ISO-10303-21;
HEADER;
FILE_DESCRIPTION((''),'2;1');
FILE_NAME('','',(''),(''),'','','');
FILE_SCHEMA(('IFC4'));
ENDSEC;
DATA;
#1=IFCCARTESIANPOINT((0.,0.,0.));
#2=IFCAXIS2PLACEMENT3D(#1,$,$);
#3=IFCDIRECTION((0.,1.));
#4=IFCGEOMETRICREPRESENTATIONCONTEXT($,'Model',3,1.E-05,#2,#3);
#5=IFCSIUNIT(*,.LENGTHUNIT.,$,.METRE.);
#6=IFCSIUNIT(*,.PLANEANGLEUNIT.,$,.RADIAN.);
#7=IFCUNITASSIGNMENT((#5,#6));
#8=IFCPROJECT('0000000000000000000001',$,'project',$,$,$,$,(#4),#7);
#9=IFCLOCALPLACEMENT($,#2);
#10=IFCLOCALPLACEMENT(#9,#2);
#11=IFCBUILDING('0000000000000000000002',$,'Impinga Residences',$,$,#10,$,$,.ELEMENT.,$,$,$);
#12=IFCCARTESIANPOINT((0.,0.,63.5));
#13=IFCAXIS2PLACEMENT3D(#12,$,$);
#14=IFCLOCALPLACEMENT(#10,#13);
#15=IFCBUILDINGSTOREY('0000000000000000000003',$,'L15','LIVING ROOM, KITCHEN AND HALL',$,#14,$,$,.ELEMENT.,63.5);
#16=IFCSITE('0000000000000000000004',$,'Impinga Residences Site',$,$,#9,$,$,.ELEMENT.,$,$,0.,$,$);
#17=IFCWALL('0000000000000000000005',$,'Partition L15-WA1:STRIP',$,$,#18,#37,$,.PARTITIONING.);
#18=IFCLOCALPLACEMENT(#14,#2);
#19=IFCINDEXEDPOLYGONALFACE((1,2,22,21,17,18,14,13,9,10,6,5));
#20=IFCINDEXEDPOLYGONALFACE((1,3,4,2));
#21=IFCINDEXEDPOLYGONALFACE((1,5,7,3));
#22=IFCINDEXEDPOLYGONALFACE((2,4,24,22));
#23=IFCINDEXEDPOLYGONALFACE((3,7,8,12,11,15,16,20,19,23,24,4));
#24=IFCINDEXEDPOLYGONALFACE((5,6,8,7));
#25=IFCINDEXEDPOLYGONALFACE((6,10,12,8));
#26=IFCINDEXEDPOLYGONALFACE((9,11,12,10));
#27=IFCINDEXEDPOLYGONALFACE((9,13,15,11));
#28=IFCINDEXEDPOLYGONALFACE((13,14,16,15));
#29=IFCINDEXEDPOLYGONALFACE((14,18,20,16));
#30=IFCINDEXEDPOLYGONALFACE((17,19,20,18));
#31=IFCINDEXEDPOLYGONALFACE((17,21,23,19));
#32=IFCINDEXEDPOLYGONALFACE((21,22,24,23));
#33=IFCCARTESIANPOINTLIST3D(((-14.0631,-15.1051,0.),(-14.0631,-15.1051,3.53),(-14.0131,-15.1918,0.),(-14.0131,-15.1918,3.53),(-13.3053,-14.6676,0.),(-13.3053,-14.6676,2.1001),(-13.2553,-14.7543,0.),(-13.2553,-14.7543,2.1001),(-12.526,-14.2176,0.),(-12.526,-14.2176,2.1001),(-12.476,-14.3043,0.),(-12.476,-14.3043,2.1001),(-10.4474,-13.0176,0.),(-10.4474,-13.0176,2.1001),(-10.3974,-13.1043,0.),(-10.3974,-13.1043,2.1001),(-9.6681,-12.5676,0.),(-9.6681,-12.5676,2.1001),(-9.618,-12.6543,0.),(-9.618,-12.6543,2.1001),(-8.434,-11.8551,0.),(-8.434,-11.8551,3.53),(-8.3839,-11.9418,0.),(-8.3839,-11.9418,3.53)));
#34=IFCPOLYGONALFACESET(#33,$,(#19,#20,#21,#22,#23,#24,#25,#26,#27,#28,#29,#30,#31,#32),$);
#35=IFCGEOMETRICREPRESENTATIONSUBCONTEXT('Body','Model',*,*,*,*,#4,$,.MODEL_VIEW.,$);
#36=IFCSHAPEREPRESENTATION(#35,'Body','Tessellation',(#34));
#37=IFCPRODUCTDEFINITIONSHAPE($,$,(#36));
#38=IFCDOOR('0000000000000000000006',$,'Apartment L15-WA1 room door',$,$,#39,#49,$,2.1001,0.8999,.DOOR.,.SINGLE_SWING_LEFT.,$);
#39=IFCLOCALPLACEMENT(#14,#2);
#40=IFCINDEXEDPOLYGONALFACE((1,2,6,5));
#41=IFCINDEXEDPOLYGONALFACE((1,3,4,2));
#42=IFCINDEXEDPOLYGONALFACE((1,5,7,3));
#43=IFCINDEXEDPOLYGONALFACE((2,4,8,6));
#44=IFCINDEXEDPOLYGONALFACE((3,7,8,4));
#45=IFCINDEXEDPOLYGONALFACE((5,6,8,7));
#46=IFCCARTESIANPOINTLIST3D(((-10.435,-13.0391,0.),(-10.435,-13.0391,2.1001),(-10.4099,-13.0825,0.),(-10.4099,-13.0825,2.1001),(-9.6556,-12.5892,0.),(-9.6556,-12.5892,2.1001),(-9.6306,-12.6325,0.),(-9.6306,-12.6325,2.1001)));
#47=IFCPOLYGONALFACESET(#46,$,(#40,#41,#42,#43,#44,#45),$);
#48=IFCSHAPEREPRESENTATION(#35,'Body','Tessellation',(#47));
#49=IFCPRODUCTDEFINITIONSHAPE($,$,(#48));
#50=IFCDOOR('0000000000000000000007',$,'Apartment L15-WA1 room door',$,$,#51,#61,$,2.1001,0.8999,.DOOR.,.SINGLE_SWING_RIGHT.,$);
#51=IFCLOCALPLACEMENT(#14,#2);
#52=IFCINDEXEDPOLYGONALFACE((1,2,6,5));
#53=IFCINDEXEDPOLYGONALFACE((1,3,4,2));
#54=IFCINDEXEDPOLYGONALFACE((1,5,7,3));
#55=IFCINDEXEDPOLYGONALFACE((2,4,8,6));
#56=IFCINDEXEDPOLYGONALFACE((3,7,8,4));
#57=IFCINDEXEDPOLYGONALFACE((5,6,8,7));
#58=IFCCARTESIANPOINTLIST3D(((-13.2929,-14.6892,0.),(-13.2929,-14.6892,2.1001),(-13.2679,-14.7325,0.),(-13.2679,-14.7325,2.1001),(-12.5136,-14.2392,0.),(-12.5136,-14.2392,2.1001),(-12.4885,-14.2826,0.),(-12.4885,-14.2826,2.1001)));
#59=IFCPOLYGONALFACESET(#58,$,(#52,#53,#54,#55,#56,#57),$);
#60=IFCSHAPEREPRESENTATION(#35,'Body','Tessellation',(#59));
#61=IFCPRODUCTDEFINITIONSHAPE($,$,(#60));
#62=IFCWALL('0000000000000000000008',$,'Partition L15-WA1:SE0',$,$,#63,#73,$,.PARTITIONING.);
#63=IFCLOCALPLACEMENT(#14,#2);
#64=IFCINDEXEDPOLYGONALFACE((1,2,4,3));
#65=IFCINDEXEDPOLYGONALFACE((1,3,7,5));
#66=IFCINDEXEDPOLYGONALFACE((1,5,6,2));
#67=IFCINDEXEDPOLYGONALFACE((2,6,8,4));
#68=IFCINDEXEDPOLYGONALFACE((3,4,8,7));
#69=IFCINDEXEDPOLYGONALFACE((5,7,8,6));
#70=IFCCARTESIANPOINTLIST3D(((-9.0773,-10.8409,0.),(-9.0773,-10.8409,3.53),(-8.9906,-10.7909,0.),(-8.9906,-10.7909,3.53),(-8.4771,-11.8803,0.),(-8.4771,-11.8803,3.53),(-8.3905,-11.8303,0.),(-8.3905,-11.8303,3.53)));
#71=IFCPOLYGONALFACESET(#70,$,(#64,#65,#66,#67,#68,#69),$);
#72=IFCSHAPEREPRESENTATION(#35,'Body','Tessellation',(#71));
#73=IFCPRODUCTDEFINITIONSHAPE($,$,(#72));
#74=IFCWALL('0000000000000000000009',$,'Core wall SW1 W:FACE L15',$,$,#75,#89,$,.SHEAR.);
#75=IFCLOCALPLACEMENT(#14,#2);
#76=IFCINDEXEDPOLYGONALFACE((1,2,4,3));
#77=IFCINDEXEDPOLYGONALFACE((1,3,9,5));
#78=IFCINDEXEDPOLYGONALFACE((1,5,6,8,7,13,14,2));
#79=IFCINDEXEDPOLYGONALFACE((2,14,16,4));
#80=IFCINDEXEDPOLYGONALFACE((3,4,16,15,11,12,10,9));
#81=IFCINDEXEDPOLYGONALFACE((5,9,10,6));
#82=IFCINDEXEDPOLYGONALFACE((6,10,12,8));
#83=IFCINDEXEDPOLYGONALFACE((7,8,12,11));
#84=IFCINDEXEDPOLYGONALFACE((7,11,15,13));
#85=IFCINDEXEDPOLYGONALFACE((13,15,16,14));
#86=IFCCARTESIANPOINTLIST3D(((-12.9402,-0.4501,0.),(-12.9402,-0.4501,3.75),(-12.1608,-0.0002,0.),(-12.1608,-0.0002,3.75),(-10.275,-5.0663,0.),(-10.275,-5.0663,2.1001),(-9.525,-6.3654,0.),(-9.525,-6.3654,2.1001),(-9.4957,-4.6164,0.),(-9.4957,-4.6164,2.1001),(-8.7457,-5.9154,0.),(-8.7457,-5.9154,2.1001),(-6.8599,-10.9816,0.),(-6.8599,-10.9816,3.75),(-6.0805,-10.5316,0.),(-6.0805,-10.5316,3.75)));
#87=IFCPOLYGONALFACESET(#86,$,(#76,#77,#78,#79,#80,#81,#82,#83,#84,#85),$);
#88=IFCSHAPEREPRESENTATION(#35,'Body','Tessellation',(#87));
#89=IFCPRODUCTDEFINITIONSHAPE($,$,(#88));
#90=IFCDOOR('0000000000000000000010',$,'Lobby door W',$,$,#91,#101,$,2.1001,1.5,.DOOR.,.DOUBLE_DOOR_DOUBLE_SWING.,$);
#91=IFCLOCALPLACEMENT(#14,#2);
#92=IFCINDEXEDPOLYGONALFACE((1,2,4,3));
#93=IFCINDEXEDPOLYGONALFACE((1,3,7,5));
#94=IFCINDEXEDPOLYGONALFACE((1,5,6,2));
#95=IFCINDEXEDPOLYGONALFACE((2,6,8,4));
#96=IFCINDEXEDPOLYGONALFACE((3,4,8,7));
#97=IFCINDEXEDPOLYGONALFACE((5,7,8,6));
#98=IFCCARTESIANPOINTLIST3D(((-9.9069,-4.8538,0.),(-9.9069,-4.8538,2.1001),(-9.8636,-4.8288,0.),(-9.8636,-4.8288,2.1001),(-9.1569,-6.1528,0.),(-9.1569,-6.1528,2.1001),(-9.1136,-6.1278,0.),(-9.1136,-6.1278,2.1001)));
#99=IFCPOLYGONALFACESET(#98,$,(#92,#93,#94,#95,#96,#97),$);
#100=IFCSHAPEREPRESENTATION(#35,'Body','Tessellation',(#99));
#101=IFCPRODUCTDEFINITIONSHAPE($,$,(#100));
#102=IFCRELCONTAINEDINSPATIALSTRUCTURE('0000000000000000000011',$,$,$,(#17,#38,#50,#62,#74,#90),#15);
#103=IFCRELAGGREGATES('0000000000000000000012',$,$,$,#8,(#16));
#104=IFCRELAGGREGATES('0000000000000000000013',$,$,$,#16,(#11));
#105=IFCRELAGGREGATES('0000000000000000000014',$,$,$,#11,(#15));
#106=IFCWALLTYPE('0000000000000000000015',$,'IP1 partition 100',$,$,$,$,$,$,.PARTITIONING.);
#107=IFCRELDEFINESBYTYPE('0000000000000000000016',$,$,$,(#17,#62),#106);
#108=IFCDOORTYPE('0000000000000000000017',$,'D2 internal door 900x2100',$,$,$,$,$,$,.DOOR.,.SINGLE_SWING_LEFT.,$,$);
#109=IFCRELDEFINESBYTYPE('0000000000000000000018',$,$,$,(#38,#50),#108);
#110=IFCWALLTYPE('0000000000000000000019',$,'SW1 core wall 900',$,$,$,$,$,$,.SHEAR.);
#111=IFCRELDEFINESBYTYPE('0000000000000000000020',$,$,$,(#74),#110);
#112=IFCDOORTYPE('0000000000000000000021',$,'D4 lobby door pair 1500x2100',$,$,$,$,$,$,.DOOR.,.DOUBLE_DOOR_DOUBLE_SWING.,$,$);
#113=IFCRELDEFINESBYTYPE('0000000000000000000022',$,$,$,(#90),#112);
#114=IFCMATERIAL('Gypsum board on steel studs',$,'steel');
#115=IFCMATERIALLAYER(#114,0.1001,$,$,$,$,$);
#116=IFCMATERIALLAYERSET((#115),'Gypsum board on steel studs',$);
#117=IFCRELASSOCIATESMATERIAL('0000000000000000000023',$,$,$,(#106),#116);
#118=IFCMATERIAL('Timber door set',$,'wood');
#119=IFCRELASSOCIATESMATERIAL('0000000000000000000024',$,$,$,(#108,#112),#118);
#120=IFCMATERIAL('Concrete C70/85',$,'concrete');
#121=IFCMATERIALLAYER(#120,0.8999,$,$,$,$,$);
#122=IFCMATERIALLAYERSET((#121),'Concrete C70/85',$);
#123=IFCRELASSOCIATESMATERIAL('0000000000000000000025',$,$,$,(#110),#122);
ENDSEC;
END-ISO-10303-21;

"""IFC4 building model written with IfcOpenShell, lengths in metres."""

from ifc_helpers import new_model, si_unit, direction, frame, frame_2d, origin, place, context, subcontext, project, spatial, rectangle, extrude, material, layer, layer_set, type_object, element, fill, save


model = new_model("IFC4")

# Units and contexts
model_context = context("Model", 3, precision=1e-05, world=origin(), true_north=direction((0.0, 1.0)))
body_context = subcontext(model_context, "Body", "Model", "MODEL_VIEW")
ifc_project = project(units=[si_unit("LENGTHUNIT", "METRE"), si_unit("PLANEANGLEUNIT", "RADIAN")], contexts=[model_context])

# Site, building, storey
site_placement = place(None, origin())
site = spatial("IfcSite", under=ifc_project, at=site_placement, Name="Impinga Residences Site", CompositionType="ELEMENT", RefElevation=0.0)
building_placement = place(site_placement, origin())
building = spatial("IfcBuilding", under=site, at=building_placement, Name="Impinga Residences", CompositionType="ELEMENT")
storey_placement = place(building_placement, frame((0.0, 0.0, 63.5)))
storey = spatial("IfcBuildingStorey", under=building, at=storey_placement, Name="L15", Description="LIVING ROOM, KITCHEN AND HALL", CompositionType="ELEMENT", Elevation=63.5)

# Shared definitions
ifc_material_1 = material(Name="Concrete C70/85", Category="concrete")
ifc_material_2 = material(Name="Timber door set", Category="wood")

# Shared definitions
ifc_material_3 = material(Name="Gypsum board on steel studs", Category="steel")
ifc_layer_1 = layer(ifc_material_3, 0.1001)
ifc_layer_set_1 = layer_set([ifc_layer_1], Name="Gypsum board on steel studs")
wall_type_1 = type_object("IfcWallType", Name="IP1 partition 100", PredefinedType="PARTITIONING", material=ifc_layer_set_1)

# Wall, openings, doors
wall_1_placement = place(storey_placement, frame((-8.4089, -11.8984, 0.0), z_axis=(0.0, 0.0, 1.0), x_axis=(-0.866025, -0.500001, 0.0)))
wall_1 = element("IfcWall", 1, at=wall_1_placement, inside=storey, type_object=wall_type_1, Name="Partition L15-WA1:STRIP", PredefinedType="PARTITIONING", context=body_context, shape_type="SweptSolid", body=[
    extrude(rectangle(XDim=6.5, YDim=0.1001, at=frame_2d((3.25, 0.0))), origin(), (0.0, 0.0, 1.0), 3.53),
])
opening_1_placement = place(wall_1_placement, frame((1.425, 0.0, 0.0)))
opening_1 = element("IfcOpeningElement", 2, at=opening_1_placement, cuts=wall_1, PredefinedType="OPENING", context=body_context, shape_type="SweptSolid", body=[
    extrude(rectangle(XDim=0.8999, YDim=2.1001, at=frame_2d((0.45, 1.05))), frame((0.0, 0.0601, 0.0), z_axis=(0.0, -1.0, 0.0), x_axis=(1.0, 0.0, 0.0)), (0.0, 0.0, 1.0), 0.1201),
])
opening_2_placement = place(wall_1_placement, frame((4.7251, 0.0, 0.0)))
opening_2 = element("IfcOpeningElement", 3, at=opening_2_placement, cuts=wall_1, PredefinedType="OPENING", context=body_context, shape_type="SweptSolid", body=[
    extrude(rectangle(XDim=0.8999, YDim=2.1001, at=frame_2d((0.45, 1.05))), frame((0.0, 0.0601, 0.0), z_axis=(0.0, -1.0, 0.0), x_axis=(1.0, 0.0, 0.0)), (0.0, 0.0, 1.0), 0.1201),
])
door_type_1 = type_object("IfcDoorType", Name="D2 internal door 900x2100", OperationType="SINGLE_SWING_LEFT", PredefinedType="DOOR", material=ifc_material_2)
door_1_placement = place(opening_1_placement, origin())
door_1 = element("IfcDoor", 4, at=door_1_placement, inside=storey, type_object=door_type_1, Name="Apartment L15-WA1 room door", OperationType="SINGLE_SWING_LEFT", OverallHeight=2.1001, OverallWidth=0.8999, PredefinedType="DOOR", context=body_context, shape_type="SweptSolid", body=[
    extrude(rectangle(XDim=0.8999, YDim=2.1001, at=frame_2d((0.45, 1.05))), frame((0.0, 0.0249, 0.0), z_axis=(0.0, -1.0, 0.0), x_axis=(1.0, 0.0, 0.0)), (0.0, 0.0, 1.0), 0.05),
])
fill(opening_1, door_1)
door_2_placement = place(opening_2_placement, origin())
door_2 = element("IfcDoor", 5, at=door_2_placement, inside=storey, type_object=door_type_1, Name="Apartment L15-WA1 room door", OperationType="SINGLE_SWING_RIGHT", OverallHeight=2.1001, OverallWidth=0.8999, PredefinedType="DOOR", context=body_context, shape_type="SweptSolid", body=[
    extrude(rectangle(XDim=0.8999, YDim=2.1001, at=frame_2d((0.45, 1.05))), frame((0.0, 0.0249, 0.0), z_axis=(0.0, -1.0, 0.0), x_axis=(1.0, 0.0, 0.0)), (0.0, 0.0, 1.0), 0.05),
])
fill(opening_2, door_2)

# Wall
wall_2_placement = place(storey_placement, frame((-9.0339, -10.8159, 0.0), z_axis=(0.0, 0.0, 1.0), x_axis=(0.500034, -0.866006, 0.0)))
element("IfcWall", 6, at=wall_2_placement, inside=storey, type_object=wall_type_1, Name="Partition L15-WA1:SE0", PredefinedType="PARTITIONING", context=body_context, shape_type="SweptSolid", body=[
    extrude(rectangle(XDim=1.2002, YDim=0.1001, at=frame_2d((0.6001, 0.0))), origin(), (0.0, 0.0, 1.0), 3.53),
])

# Wall, opening, door
ifc_layer_2 = layer(ifc_material_1, 0.8999)
ifc_layer_set_2 = layer_set([ifc_layer_2], Name="Concrete C70/85")
wall_type_2 = type_object("IfcWallType", Name="SW1 core wall 900", PredefinedType="SHEAR", material=ifc_layer_set_2)
wall_3_placement = place(storey_placement, frame((-6.4702, -10.7566, 0.0), z_axis=(0.0, 0.0, 1.0), x_axis=(-0.499998, 0.866027, 0.0)))
wall_3 = element("IfcWall", 7, at=wall_3_placement, inside=storey, type_object=wall_type_2, Name="Core wall SW1 W:FACE L15", PredefinedType="SHEAR", context=body_context, shape_type="SweptSolid", body=[
    extrude(rectangle(XDim=12.1606, YDim=0.8999, at=frame_2d((6.0803, 0.0))), origin(), (0.0, 0.0, 1.0), 3.75),
])
opening_3_placement = place(wall_3_placement, frame((5.3303, 0.0, 0.0)))
opening_3 = element("IfcOpeningElement", 8, at=opening_3_placement, cuts=wall_3, PredefinedType="OPENING", context=body_context, shape_type="SweptSolid", body=[
    extrude(rectangle(XDim=1.5, YDim=2.1001, at=frame_2d((0.75, 1.05))), frame((0.0, 0.46, 0.0), z_axis=(0.0, -1.0, 0.0), x_axis=(1.0, 0.0, 0.0)), (0.0, 0.0, 1.0), 0.9199),
])
door_type_2 = type_object("IfcDoorType", Name="D4 lobby door pair 1500x2100", OperationType="DOUBLE_DOOR_DOUBLE_SWING", PredefinedType="DOOR", material=ifc_material_2)
door_3_placement = place(opening_3_placement, origin())
door_3 = element("IfcDoor", 9, at=door_3_placement, inside=storey, type_object=door_type_2, Name="Lobby door W", OperationType="DOUBLE_DOOR_DOUBLE_SWING", OverallHeight=2.1001, OverallWidth=1.5, PredefinedType="DOOR", context=body_context, shape_type="SweptSolid", body=[
    extrude(rectangle(XDim=1.5, YDim=2.1001, at=frame_2d((0.75, 1.05))), frame((0.0, 0.0249, 0.0), z_axis=(0.0, -1.0, 0.0), x_axis=(1.0, 0.0, 0.0)), (0.0, 0.0, 1.0), 0.05),
])
fill(opening_3, door_3)

save(model, "model.ifc")
